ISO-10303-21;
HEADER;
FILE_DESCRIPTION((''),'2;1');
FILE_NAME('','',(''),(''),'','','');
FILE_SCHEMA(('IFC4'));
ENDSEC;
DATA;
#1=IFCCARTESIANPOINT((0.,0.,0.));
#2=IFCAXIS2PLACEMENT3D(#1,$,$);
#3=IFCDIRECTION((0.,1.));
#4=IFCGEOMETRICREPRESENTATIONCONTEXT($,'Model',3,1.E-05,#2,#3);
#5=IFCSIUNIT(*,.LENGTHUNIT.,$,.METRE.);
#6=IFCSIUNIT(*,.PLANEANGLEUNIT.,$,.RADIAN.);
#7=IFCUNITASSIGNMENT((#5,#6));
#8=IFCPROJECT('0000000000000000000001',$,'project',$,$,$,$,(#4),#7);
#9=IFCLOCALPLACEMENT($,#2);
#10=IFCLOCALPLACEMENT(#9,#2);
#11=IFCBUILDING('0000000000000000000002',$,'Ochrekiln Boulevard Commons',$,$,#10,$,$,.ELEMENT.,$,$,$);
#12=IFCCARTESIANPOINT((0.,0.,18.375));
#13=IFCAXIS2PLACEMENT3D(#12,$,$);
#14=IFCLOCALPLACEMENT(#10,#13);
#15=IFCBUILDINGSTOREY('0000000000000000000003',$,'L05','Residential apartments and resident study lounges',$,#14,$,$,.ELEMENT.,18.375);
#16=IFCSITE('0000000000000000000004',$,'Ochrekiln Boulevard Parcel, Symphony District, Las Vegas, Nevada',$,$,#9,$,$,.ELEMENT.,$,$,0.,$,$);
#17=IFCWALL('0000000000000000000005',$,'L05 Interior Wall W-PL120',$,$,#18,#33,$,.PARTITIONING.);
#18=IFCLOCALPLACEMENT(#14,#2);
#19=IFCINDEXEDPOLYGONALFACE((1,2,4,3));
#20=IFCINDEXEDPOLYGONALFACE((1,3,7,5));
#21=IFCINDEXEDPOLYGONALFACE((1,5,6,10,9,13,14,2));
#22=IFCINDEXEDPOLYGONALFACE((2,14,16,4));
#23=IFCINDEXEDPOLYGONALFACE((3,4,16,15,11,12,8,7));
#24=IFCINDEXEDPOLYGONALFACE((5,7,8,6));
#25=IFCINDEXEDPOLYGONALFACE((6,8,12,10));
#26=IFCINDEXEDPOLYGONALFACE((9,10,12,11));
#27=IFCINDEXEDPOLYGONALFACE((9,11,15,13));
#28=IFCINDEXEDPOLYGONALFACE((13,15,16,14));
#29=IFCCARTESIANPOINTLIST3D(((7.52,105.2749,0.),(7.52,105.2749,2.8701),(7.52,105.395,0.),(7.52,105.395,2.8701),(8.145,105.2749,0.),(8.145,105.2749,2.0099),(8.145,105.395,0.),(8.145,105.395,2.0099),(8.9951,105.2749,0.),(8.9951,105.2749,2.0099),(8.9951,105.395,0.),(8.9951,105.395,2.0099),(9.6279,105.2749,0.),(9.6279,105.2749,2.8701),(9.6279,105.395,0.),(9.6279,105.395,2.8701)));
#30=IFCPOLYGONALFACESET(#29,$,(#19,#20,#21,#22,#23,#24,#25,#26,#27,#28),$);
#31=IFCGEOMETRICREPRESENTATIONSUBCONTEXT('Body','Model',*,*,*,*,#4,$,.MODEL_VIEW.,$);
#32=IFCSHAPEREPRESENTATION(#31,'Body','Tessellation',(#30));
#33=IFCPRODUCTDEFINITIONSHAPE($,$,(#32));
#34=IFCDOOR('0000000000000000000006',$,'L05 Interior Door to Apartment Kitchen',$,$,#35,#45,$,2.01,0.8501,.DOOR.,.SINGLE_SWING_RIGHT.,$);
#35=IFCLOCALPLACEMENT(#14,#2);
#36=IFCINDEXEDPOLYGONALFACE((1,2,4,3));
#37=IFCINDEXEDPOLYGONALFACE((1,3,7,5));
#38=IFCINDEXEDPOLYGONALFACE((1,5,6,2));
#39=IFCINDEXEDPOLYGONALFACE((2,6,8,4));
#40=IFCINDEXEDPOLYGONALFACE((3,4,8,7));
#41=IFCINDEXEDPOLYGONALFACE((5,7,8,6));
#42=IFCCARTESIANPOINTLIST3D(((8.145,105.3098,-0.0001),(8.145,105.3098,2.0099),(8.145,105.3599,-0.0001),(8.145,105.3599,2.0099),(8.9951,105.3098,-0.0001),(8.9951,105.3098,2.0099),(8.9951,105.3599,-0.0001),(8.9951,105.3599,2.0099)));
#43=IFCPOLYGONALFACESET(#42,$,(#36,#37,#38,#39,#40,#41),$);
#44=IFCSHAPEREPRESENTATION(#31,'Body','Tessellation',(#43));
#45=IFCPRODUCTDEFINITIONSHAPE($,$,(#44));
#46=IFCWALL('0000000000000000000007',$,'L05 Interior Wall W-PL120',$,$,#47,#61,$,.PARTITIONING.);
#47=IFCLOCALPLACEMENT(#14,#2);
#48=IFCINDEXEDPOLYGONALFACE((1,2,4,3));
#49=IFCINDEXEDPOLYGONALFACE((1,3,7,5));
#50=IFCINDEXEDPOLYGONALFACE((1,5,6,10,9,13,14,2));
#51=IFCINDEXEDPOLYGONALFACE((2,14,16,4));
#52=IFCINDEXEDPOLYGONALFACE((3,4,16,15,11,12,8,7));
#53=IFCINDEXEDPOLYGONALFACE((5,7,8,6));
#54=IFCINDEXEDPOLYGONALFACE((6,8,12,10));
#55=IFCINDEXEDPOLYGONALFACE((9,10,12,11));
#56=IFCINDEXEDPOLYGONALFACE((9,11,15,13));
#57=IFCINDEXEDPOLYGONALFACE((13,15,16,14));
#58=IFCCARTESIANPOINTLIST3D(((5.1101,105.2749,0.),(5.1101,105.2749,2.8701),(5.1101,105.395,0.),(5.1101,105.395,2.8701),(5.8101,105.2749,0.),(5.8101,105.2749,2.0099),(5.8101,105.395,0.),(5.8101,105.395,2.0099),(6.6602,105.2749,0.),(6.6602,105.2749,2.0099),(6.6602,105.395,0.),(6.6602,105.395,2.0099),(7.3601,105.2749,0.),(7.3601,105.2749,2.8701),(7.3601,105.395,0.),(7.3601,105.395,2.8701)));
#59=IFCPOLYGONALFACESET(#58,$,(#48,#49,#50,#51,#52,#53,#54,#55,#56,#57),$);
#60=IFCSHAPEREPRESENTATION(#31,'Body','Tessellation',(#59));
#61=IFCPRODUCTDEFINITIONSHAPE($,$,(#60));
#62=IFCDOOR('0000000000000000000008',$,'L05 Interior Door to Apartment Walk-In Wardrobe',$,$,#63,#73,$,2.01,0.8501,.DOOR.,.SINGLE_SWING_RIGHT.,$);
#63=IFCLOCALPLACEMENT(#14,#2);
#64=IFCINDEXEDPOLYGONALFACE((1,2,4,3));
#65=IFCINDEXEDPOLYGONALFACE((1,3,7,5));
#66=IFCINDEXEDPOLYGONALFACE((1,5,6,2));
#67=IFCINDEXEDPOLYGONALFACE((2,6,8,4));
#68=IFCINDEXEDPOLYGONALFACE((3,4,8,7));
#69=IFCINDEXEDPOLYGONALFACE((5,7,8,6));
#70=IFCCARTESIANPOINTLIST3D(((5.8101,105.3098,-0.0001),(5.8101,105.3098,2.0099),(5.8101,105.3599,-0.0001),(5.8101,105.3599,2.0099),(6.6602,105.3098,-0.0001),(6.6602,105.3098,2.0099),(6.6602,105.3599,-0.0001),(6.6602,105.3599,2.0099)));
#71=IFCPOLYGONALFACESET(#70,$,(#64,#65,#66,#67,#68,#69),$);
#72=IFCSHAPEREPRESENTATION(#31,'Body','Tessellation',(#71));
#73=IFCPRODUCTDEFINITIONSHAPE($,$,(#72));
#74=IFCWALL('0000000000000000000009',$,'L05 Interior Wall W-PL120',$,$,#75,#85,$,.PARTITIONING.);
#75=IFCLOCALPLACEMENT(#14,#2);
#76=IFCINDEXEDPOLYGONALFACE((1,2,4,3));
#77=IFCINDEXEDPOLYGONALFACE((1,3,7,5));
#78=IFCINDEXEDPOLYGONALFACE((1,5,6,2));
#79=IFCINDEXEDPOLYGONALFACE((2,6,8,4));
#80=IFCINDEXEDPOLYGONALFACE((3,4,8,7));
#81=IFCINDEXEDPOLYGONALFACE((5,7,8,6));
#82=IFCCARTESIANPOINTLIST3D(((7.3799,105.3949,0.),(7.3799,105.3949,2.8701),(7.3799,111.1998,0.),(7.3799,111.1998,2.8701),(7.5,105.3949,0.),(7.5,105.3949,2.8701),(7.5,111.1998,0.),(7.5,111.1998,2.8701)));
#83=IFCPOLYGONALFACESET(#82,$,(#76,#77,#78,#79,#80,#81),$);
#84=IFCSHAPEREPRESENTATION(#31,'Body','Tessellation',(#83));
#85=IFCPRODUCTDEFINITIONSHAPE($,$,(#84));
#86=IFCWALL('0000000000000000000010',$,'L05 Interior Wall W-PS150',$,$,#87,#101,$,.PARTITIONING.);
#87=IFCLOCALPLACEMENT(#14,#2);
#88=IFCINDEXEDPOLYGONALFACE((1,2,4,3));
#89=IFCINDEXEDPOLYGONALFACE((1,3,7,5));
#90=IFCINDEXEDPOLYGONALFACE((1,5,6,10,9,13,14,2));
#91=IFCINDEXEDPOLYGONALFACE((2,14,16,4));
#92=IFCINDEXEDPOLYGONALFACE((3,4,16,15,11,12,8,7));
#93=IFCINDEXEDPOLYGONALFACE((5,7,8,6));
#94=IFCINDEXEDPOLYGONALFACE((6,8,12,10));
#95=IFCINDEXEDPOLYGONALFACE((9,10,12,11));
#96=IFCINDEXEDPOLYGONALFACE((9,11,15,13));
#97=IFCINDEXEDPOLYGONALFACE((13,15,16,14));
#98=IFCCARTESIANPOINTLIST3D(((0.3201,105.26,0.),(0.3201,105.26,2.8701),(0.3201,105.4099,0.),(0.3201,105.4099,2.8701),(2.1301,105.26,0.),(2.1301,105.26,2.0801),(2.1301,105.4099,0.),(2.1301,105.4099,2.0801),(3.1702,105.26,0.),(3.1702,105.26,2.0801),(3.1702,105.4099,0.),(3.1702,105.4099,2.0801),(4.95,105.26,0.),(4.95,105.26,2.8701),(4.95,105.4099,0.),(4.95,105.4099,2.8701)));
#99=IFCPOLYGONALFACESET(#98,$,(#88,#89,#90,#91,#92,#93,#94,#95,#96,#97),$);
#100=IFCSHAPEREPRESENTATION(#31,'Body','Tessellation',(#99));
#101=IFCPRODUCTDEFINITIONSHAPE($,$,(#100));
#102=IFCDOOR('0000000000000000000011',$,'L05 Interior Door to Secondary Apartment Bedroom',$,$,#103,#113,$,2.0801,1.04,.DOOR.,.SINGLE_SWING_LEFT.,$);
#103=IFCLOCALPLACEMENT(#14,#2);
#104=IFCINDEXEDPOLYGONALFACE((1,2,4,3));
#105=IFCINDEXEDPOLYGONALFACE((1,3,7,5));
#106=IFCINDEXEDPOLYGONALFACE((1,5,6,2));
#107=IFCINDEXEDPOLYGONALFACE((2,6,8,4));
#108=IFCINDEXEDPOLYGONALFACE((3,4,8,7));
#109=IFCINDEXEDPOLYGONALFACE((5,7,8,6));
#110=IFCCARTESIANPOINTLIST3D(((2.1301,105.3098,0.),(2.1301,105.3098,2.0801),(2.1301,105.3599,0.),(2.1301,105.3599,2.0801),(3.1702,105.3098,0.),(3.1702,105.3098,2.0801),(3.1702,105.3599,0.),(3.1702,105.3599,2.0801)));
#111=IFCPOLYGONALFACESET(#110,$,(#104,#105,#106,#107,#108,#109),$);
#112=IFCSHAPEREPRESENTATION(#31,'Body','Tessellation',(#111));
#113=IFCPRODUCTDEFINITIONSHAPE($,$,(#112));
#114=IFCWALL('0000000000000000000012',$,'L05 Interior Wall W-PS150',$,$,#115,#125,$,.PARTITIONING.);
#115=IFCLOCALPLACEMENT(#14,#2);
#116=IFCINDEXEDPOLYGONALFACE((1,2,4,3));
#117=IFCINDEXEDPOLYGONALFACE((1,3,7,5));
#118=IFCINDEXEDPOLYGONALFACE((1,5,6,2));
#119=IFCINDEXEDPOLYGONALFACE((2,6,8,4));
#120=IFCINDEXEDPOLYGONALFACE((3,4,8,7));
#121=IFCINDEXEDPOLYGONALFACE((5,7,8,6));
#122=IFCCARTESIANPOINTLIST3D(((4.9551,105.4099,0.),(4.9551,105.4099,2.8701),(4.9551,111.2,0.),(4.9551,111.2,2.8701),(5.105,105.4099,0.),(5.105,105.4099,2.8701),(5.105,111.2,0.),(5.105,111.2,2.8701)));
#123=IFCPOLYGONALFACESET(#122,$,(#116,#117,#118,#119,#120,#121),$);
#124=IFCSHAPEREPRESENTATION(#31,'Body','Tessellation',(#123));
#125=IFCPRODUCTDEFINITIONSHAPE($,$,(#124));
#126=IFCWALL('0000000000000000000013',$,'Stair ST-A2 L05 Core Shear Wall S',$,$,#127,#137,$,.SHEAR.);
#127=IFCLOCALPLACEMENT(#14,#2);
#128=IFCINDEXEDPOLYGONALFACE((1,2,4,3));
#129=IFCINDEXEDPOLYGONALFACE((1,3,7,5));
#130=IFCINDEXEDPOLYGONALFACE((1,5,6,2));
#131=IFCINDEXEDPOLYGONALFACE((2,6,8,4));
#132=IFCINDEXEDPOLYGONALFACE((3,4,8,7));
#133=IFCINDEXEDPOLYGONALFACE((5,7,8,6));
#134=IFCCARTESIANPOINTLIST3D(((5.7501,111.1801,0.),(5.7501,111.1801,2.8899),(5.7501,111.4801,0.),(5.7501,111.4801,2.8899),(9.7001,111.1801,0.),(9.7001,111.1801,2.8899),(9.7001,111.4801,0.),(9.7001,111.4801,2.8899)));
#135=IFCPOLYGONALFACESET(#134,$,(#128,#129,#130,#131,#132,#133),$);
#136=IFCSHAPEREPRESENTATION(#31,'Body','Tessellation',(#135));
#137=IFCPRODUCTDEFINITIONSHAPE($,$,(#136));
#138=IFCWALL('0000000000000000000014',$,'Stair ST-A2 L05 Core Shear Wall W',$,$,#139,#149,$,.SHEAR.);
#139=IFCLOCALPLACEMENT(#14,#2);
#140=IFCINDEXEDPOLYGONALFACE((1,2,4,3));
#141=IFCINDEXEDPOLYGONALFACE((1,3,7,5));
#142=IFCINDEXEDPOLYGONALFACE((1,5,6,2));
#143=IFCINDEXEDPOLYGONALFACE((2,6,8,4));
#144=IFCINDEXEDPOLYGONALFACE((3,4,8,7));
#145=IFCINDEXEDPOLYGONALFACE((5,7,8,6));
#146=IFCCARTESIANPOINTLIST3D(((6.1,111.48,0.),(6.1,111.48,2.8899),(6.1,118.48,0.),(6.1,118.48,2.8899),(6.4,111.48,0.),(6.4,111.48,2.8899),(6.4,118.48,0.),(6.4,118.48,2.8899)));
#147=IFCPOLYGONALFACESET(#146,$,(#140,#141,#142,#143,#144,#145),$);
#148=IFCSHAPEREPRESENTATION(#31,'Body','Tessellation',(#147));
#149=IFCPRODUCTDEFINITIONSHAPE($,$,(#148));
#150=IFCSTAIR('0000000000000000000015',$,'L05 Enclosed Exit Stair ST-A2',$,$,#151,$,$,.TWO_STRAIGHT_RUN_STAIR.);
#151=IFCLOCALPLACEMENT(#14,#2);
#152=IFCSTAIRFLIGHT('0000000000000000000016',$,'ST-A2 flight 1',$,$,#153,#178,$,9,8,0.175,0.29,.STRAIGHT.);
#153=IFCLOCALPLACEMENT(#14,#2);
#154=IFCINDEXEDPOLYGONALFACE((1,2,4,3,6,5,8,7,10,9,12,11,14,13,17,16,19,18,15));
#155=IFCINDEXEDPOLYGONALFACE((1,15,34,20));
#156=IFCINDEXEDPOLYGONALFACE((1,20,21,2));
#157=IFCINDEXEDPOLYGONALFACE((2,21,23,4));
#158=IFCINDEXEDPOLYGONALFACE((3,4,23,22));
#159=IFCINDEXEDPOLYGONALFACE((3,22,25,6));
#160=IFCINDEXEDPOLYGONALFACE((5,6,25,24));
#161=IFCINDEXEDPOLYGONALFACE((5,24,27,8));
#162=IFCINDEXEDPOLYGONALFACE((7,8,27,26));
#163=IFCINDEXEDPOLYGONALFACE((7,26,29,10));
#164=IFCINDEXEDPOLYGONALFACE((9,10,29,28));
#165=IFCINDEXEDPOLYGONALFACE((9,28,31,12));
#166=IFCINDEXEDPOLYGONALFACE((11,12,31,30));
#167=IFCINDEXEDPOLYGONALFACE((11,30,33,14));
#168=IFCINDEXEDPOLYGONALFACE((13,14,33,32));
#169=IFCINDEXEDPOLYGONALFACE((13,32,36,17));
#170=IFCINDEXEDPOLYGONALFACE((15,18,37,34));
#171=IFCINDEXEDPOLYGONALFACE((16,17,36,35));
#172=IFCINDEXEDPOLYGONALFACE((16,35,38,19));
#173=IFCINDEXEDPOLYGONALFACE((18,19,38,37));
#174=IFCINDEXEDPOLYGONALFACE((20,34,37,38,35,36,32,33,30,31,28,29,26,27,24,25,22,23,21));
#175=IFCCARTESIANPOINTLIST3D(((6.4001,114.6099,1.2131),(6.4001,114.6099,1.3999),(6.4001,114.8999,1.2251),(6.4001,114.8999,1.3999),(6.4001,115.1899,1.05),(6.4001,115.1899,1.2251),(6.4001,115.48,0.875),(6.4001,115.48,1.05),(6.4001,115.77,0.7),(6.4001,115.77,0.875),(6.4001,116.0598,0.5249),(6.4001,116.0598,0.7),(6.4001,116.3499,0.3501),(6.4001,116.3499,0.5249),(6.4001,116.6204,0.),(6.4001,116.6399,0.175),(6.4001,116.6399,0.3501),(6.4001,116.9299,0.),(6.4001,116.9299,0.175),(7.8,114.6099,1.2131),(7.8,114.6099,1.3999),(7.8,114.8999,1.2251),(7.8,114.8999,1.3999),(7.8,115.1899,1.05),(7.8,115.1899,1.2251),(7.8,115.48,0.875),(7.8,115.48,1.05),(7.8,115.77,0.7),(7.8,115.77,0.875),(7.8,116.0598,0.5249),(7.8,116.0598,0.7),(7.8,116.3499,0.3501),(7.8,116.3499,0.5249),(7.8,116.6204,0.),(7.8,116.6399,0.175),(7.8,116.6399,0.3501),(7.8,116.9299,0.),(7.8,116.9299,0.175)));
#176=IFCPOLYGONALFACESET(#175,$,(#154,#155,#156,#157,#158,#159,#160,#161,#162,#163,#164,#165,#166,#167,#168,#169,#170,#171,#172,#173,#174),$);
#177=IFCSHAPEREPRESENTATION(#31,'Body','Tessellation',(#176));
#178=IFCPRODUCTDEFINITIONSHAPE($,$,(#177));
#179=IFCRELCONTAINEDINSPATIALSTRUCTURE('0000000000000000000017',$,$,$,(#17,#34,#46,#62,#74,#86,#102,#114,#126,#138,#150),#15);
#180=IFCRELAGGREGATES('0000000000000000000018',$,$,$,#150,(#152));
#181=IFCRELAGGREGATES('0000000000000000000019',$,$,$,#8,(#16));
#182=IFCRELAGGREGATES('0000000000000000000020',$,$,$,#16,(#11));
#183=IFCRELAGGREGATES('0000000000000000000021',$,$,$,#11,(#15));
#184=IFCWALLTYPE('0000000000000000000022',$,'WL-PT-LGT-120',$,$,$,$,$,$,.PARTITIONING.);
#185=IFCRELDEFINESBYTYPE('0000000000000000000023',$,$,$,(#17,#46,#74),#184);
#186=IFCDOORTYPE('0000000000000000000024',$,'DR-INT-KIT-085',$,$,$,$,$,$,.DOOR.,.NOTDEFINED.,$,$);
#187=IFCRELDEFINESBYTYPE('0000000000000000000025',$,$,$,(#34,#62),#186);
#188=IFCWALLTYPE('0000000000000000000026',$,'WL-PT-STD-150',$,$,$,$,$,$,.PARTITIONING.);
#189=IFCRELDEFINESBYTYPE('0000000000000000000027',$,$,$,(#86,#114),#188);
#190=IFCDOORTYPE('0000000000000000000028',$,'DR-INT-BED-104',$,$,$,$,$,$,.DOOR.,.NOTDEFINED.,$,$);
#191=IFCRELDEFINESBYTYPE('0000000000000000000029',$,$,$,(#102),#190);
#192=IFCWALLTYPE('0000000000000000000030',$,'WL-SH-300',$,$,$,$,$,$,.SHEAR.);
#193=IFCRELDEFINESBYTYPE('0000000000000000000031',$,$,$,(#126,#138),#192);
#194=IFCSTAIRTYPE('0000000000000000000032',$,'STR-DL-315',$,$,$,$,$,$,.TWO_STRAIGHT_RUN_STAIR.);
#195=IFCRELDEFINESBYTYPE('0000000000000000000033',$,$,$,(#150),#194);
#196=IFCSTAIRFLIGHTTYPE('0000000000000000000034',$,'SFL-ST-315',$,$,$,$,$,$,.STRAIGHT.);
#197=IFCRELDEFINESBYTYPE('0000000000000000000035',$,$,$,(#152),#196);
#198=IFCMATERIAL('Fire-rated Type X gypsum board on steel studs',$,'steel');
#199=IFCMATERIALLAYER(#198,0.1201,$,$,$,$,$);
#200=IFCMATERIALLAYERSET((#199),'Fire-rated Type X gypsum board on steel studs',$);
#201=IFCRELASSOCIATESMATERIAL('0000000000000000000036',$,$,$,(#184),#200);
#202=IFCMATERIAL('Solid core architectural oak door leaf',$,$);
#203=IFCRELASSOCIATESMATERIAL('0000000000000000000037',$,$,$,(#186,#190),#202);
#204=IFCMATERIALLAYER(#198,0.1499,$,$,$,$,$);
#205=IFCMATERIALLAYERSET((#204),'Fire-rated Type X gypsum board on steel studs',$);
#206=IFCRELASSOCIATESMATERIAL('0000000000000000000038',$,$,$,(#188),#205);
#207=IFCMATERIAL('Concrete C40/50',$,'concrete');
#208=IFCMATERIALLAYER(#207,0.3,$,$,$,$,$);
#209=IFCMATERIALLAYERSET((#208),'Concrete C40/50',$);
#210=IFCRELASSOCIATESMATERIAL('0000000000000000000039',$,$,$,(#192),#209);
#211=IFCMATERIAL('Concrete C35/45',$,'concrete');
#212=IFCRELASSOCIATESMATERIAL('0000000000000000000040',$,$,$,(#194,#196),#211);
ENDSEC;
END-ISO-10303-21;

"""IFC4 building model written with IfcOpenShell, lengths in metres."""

from ifc_helpers import new_model, si_unit, direction, frame, frame_2d, origin, place, context, subcontext, project, spatial, polyline, rectangle, outline, extrude, material, layer, layer_set, type_object, element, fill, aggregate, save


model = new_model("IFC4")

# Units and contexts
model_context = context("Model", 3, precision=1e-05, world=origin(), true_north=direction((0.0, 1.0)))
body_context = subcontext(model_context, "Body", "Model", "MODEL_VIEW")
ifc_project = project(units=[si_unit("LENGTHUNIT", "METRE"), si_unit("PLANEANGLEUNIT", "RADIAN")], contexts=[model_context])

# Site, building, storey
site_placement = place(None, origin())
site = spatial("IfcSite", under=ifc_project, at=site_placement, Name="Ochrekiln Boulevard Parcel, Symphony District, Las Vegas, Nevada", CompositionType="ELEMENT", RefElevation=0.0)
building_placement = place(site_placement, origin())
building = spatial("IfcBuilding", under=site, at=building_placement, Name="Ochrekiln Boulevard Commons", CompositionType="ELEMENT")
storey_placement = place(building_placement, frame((0.0, 0.0, 18.375)))
storey = spatial("IfcBuildingStorey", under=building, at=storey_placement, Name="L05", Description="Residential apartments and resident study lounges", CompositionType="ELEMENT", Elevation=18.375)

# Shared definitions
ifc_material_1 = material(Name="Concrete C40/50", Category="concrete")

# Shared definitions
ifc_material_2 = material(Name="Concrete C35/45", Category="concrete")

# Walls, openings, doors
ifc_material_3 = material(Name="Fire-rated Type X gypsum board on steel studs", Category="steel")
ifc_layer_1 = layer(ifc_material_3, 0.1201)
ifc_layer_set_1 = layer_set([ifc_layer_1], Name="Fire-rated Type X gypsum board on steel studs")
wall_type_1 = type_object("IfcWallType", Name="WL-PT-LGT-120", PredefinedType="PARTITIONING", material=ifc_layer_set_1)
wall_1_placement = place(storey_placement, frame((7.52, 105.335, 0.0), z_axis=(0.0, 0.0, 1.0), x_axis=(1.0, 0.0, 0.0)))
wall_1 = element("IfcWall", 1, at=wall_1_placement, inside=storey, type_object=wall_type_1, Name="L05 Interior Wall W-PL120", PredefinedType="PARTITIONING", context=body_context, shape_type="SweptSolid", body=[
    extrude(rectangle(XDim=2.1079, YDim=0.1201, at=frame_2d((1.054, 0.0))), origin(), (0.0, 0.0, 1.0), 2.8701),
])
opening_1_placement = place(wall_1_placement, frame((0.625, 0.0, 0.0)))
opening_1 = element("IfcOpeningElement", 2, at=opening_1_placement, cuts=wall_1, PredefinedType="OPENING", context=body_context, shape_type="SweptSolid", body=[
    extrude(rectangle(XDim=0.8501, YDim=2.01, at=frame_2d((0.425, 1.0049))), frame((0.0, 0.0701, 0.0), z_axis=(0.0, -1.0, 0.0), x_axis=(1.0, 0.0, 0.0)), (0.0, 0.0, 1.0), 0.1401),
])
ifc_material_4 = material(Name="Solid core architectural oak door leaf")
door_type_1 = type_object("IfcDoorType", Name="DR-INT-KIT-085", OperationType="NOTDEFINED", PredefinedType="DOOR", material=ifc_material_4)
door_1_placement = place(opening_1_placement, origin())
door_1 = element("IfcDoor", 3, at=door_1_placement, inside=storey, type_object=door_type_1, Name="L05 Interior Door to Apartment Kitchen", OperationType="SINGLE_SWING_RIGHT", OverallHeight=2.01, OverallWidth=0.8501, PredefinedType="DOOR", context=body_context, shape_type="SweptSolid", body=[
    extrude(rectangle(XDim=0.8501, YDim=2.01, at=frame_2d((0.425, 1.0049))), frame((0.0, 0.0249, 0.0), z_axis=(0.0, -1.0, 0.0), x_axis=(1.0, 0.0, 0.0)), (0.0, 0.0, 1.0), 0.05),
])
fill(opening_1, door_1)
wall_2_placement = place(storey_placement, frame((5.1101, 105.335, 0.0), z_axis=(0.0, 0.0, 1.0), x_axis=(1.0, 0.0, 0.0)))
wall_2 = element("IfcWall", 4, at=wall_2_placement, inside=storey, type_object=wall_type_1, Name="L05 Interior Wall W-PL120", PredefinedType="PARTITIONING", context=body_context, shape_type="SweptSolid", body=[
    extrude(rectangle(XDim=2.25, YDim=0.1201, at=frame_2d((1.125, 0.0))), origin(), (0.0, 0.0, 1.0), 2.8701),
])
opening_2_placement = place(wall_2_placement, frame((0.7, 0.0, 0.0)))
opening_2 = element("IfcOpeningElement", 5, at=opening_2_placement, cuts=wall_2, PredefinedType="OPENING", context=body_context, shape_type="SweptSolid", body=[
    extrude(rectangle(XDim=0.8501, YDim=2.01, at=frame_2d((0.425, 1.0049))), frame((0.0, 0.0701, 0.0), z_axis=(0.0, -1.0, 0.0), x_axis=(1.0, 0.0, 0.0)), (0.0, 0.0, 1.0), 0.1401),
])
door_2_placement = place(opening_2_placement, origin())
door_2 = element("IfcDoor", 6, at=door_2_placement, inside=storey, type_object=door_type_1, Name="L05 Interior Door to Apartment Walk-In Wardrobe", OperationType="SINGLE_SWING_RIGHT", OverallHeight=2.01, OverallWidth=0.8501, PredefinedType="DOOR", context=body_context, shape_type="SweptSolid", body=[
    extrude(rectangle(XDim=0.8501, YDim=2.01, at=frame_2d((0.425, 1.0049))), frame((0.0, 0.0249, 0.0), z_axis=(0.0, -1.0, 0.0), x_axis=(1.0, 0.0, 0.0)), (0.0, 0.0, 1.0), 0.05),
])
fill(opening_2, door_2)

# Wall
wall_3_placement = place(storey_placement, frame((7.4399, 105.395, 0.0), z_axis=(0.0, 0.0, 1.0), x_axis=(0.0, 1.0, 0.0)))
element("IfcWall", 7, at=wall_3_placement, inside=storey, type_object=wall_type_1, Name="L05 Interior Wall W-PL120", PredefinedType="PARTITIONING", context=body_context, shape_type="SweptSolid", body=[
    extrude(rectangle(XDim=5.8049, YDim=0.1201, at=frame_2d((2.9023, 0.0))), origin(), (0.0, 0.0, 1.0), 2.8701),
])

# Wall, opening, door
ifc_layer_2 = layer(ifc_material_3, 0.1499)
ifc_layer_set_2 = layer_set([ifc_layer_2], Name="Fire-rated Type X gypsum board on steel studs")
wall_type_2 = type_object("IfcWallType", Name="WL-PT-STD-150", PredefinedType="PARTITIONING", material=ifc_layer_set_2)
wall_4_placement = place(storey_placement, frame((0.3201, 105.335, 0.0), z_axis=(0.0, 0.0, 1.0), x_axis=(1.0, 0.0, 0.0)))
wall_4 = element("IfcWall", 8, at=wall_4_placement, inside=storey, type_object=wall_type_2, Name="L05 Interior Wall W-PS150", PredefinedType="PARTITIONING", context=body_context, shape_type="SweptSolid", body=[
    extrude(rectangle(XDim=4.6299, YDim=0.1499, at=frame_2d((2.3149, 0.0))), origin(), (0.0, 0.0, 1.0), 2.8701),
])
opening_3_placement = place(wall_4_placement, frame((1.8101, 0.0, 0.0)))
opening_3 = element("IfcOpeningElement", 9, at=opening_3_placement, cuts=wall_4, PredefinedType="OPENING", context=body_context, shape_type="SweptSolid", body=[
    extrude(rectangle(XDim=1.04, YDim=2.0801, at=frame_2d((0.52, 1.04))), frame((0.0, 0.085, 0.0), z_axis=(0.0, -1.0, 0.0), x_axis=(1.0, 0.0, 0.0)), (0.0, 0.0, 1.0), 0.1699),
])
door_type_2 = type_object("IfcDoorType", Name="DR-INT-BED-104", OperationType="NOTDEFINED", PredefinedType="DOOR", material=ifc_material_4)
door_3_placement = place(opening_3_placement, origin())
door_3 = element("IfcDoor", 10, at=door_3_placement, inside=storey, type_object=door_type_2, Name="L05 Interior Door to Secondary Apartment Bedroom", OperationType="SINGLE_SWING_LEFT", OverallHeight=2.0801, OverallWidth=1.04, PredefinedType="DOOR", context=body_context, shape_type="SweptSolid", body=[
    extrude(rectangle(XDim=1.04, YDim=2.0801, at=frame_2d((0.52, 1.04))), frame((0.0, 0.0249, 0.0), z_axis=(0.0, -1.0, 0.0), x_axis=(1.0, 0.0, 0.0)), (0.0, 0.0, 1.0), 0.05),
])
fill(opening_3, door_3)

# Walls
wall_5_placement = place(storey_placement, frame((5.03, 105.4099, 0.0), z_axis=(0.0, 0.0, 1.0), x_axis=(0.0, 1.0, 0.0)))
element("IfcWall", 11, at=wall_5_placement, inside=storey, type_object=wall_type_2, Name="L05 Interior Wall W-PS150", PredefinedType="PARTITIONING", context=body_context, shape_type="SweptSolid", body=[
    extrude(rectangle(XDim=5.79, YDim=0.1499, at=frame_2d((2.895, 0.0))), origin(), (0.0, 0.0, 1.0), 2.8701),
])
ifc_layer_3 = layer(ifc_material_1, 0.3)
ifc_layer_set_3 = layer_set([ifc_layer_3], Name="Concrete C40/50")
wall_type_3 = type_object("IfcWallType", Name="WL-SH-300", PredefinedType="SHEAR", material=ifc_layer_set_3)
wall_6_placement = place(storey_placement, frame((5.75, 111.3301, 0.0), z_axis=(0.0, 0.0, 1.0), x_axis=(1.0, 0.0, 0.0)))
element("IfcWall", 12, at=wall_6_placement, inside=storey, type_object=wall_type_3, Name="Stair ST-A2 L05 Core Shear Wall S", PredefinedType="SHEAR", context=body_context, shape_type="SweptSolid", body=[
    extrude(rectangle(XDim=3.95, YDim=0.3, at=frame_2d((1.9751, 0.0))), origin(), (0.0, 0.0, 1.0), 2.8899),
])
wall_7_placement = place(storey_placement, frame((6.25, 111.48, 0.0), z_axis=(0.0, 0.0, 1.0), x_axis=(0.0, 1.0, 0.0)))
element("IfcWall", 13, at=wall_7_placement, inside=storey, type_object=wall_type_3, Name="Stair ST-A2 L05 Core Shear Wall W", PredefinedType="SHEAR", context=body_context, shape_type="SweptSolid", body=[
    extrude(rectangle(XDim=7.0, YDim=0.3, at=frame_2d((3.5, 0.0))), origin(), (0.0, 0.0, 1.0), 2.8899),
])

# Stair, stair flight
stair_type = type_object("IfcStairType", Name="STR-DL-315", PredefinedType="TWO_STRAIGHT_RUN_STAIR", material=ifc_material_2)
stair_placement = place(storey_placement, origin())
stair = element("IfcStair", 14, at=stair_placement, inside=storey, type_object=stair_type, Name="L05 Enclosed Exit Stair ST-A2", PredefinedType="TWO_STRAIGHT_RUN_STAIR")
stair_flight_type = type_object("IfcStairFlightType", Name="SFL-ST-315", PredefinedType="STRAIGHT", material=ifc_material_2)
stair_flight_1_placement = place(storey_placement, frame((7.1001, 116.9299, 0.0), z_axis=(0.0, 0.0, 1.0), x_axis=(0.0, -1.0, 0.0)))
stair_flight_1 = element("IfcStairFlight", 15, at=stair_flight_1_placement, type_object=stair_flight_type, Name="ST-A2 flight 1", NumberOfRisers=9, NumberOfTreads=8, PredefinedType="STRAIGHT", RiserHeight=0.175, TreadLength=0.29, context=body_context, shape_type="SweptSolid", body=[
    extrude(outline(polyline([(0.0, 0.0), (0.0, 0.175), (0.29, 0.175), (0.29, 0.3501), (0.5801, 0.3501), (0.5801, 0.5249), (0.8701, 0.5249), (0.8701, 0.7), (1.1599, 0.7), (1.1599, 0.875), (1.45, 0.875), (1.45, 1.05), (1.74, 1.05), (1.74, 1.2251), (2.03, 1.2251), (2.03, 1.3999), (2.3201, 1.3999), (2.3201, 1.575), (2.3201, 1.2131), (0.3096, 0.0), (0.0, 0.0)])), frame((0.0, 0.7, 0.0), z_axis=(0.0, -1.0, 0.0), x_axis=(1.0, 0.0, 0.0)), (0.0, 0.0, 1.0), 1.3999),
])
aggregate(stair, [stair_flight_1])

save(model, "model.ifc")
